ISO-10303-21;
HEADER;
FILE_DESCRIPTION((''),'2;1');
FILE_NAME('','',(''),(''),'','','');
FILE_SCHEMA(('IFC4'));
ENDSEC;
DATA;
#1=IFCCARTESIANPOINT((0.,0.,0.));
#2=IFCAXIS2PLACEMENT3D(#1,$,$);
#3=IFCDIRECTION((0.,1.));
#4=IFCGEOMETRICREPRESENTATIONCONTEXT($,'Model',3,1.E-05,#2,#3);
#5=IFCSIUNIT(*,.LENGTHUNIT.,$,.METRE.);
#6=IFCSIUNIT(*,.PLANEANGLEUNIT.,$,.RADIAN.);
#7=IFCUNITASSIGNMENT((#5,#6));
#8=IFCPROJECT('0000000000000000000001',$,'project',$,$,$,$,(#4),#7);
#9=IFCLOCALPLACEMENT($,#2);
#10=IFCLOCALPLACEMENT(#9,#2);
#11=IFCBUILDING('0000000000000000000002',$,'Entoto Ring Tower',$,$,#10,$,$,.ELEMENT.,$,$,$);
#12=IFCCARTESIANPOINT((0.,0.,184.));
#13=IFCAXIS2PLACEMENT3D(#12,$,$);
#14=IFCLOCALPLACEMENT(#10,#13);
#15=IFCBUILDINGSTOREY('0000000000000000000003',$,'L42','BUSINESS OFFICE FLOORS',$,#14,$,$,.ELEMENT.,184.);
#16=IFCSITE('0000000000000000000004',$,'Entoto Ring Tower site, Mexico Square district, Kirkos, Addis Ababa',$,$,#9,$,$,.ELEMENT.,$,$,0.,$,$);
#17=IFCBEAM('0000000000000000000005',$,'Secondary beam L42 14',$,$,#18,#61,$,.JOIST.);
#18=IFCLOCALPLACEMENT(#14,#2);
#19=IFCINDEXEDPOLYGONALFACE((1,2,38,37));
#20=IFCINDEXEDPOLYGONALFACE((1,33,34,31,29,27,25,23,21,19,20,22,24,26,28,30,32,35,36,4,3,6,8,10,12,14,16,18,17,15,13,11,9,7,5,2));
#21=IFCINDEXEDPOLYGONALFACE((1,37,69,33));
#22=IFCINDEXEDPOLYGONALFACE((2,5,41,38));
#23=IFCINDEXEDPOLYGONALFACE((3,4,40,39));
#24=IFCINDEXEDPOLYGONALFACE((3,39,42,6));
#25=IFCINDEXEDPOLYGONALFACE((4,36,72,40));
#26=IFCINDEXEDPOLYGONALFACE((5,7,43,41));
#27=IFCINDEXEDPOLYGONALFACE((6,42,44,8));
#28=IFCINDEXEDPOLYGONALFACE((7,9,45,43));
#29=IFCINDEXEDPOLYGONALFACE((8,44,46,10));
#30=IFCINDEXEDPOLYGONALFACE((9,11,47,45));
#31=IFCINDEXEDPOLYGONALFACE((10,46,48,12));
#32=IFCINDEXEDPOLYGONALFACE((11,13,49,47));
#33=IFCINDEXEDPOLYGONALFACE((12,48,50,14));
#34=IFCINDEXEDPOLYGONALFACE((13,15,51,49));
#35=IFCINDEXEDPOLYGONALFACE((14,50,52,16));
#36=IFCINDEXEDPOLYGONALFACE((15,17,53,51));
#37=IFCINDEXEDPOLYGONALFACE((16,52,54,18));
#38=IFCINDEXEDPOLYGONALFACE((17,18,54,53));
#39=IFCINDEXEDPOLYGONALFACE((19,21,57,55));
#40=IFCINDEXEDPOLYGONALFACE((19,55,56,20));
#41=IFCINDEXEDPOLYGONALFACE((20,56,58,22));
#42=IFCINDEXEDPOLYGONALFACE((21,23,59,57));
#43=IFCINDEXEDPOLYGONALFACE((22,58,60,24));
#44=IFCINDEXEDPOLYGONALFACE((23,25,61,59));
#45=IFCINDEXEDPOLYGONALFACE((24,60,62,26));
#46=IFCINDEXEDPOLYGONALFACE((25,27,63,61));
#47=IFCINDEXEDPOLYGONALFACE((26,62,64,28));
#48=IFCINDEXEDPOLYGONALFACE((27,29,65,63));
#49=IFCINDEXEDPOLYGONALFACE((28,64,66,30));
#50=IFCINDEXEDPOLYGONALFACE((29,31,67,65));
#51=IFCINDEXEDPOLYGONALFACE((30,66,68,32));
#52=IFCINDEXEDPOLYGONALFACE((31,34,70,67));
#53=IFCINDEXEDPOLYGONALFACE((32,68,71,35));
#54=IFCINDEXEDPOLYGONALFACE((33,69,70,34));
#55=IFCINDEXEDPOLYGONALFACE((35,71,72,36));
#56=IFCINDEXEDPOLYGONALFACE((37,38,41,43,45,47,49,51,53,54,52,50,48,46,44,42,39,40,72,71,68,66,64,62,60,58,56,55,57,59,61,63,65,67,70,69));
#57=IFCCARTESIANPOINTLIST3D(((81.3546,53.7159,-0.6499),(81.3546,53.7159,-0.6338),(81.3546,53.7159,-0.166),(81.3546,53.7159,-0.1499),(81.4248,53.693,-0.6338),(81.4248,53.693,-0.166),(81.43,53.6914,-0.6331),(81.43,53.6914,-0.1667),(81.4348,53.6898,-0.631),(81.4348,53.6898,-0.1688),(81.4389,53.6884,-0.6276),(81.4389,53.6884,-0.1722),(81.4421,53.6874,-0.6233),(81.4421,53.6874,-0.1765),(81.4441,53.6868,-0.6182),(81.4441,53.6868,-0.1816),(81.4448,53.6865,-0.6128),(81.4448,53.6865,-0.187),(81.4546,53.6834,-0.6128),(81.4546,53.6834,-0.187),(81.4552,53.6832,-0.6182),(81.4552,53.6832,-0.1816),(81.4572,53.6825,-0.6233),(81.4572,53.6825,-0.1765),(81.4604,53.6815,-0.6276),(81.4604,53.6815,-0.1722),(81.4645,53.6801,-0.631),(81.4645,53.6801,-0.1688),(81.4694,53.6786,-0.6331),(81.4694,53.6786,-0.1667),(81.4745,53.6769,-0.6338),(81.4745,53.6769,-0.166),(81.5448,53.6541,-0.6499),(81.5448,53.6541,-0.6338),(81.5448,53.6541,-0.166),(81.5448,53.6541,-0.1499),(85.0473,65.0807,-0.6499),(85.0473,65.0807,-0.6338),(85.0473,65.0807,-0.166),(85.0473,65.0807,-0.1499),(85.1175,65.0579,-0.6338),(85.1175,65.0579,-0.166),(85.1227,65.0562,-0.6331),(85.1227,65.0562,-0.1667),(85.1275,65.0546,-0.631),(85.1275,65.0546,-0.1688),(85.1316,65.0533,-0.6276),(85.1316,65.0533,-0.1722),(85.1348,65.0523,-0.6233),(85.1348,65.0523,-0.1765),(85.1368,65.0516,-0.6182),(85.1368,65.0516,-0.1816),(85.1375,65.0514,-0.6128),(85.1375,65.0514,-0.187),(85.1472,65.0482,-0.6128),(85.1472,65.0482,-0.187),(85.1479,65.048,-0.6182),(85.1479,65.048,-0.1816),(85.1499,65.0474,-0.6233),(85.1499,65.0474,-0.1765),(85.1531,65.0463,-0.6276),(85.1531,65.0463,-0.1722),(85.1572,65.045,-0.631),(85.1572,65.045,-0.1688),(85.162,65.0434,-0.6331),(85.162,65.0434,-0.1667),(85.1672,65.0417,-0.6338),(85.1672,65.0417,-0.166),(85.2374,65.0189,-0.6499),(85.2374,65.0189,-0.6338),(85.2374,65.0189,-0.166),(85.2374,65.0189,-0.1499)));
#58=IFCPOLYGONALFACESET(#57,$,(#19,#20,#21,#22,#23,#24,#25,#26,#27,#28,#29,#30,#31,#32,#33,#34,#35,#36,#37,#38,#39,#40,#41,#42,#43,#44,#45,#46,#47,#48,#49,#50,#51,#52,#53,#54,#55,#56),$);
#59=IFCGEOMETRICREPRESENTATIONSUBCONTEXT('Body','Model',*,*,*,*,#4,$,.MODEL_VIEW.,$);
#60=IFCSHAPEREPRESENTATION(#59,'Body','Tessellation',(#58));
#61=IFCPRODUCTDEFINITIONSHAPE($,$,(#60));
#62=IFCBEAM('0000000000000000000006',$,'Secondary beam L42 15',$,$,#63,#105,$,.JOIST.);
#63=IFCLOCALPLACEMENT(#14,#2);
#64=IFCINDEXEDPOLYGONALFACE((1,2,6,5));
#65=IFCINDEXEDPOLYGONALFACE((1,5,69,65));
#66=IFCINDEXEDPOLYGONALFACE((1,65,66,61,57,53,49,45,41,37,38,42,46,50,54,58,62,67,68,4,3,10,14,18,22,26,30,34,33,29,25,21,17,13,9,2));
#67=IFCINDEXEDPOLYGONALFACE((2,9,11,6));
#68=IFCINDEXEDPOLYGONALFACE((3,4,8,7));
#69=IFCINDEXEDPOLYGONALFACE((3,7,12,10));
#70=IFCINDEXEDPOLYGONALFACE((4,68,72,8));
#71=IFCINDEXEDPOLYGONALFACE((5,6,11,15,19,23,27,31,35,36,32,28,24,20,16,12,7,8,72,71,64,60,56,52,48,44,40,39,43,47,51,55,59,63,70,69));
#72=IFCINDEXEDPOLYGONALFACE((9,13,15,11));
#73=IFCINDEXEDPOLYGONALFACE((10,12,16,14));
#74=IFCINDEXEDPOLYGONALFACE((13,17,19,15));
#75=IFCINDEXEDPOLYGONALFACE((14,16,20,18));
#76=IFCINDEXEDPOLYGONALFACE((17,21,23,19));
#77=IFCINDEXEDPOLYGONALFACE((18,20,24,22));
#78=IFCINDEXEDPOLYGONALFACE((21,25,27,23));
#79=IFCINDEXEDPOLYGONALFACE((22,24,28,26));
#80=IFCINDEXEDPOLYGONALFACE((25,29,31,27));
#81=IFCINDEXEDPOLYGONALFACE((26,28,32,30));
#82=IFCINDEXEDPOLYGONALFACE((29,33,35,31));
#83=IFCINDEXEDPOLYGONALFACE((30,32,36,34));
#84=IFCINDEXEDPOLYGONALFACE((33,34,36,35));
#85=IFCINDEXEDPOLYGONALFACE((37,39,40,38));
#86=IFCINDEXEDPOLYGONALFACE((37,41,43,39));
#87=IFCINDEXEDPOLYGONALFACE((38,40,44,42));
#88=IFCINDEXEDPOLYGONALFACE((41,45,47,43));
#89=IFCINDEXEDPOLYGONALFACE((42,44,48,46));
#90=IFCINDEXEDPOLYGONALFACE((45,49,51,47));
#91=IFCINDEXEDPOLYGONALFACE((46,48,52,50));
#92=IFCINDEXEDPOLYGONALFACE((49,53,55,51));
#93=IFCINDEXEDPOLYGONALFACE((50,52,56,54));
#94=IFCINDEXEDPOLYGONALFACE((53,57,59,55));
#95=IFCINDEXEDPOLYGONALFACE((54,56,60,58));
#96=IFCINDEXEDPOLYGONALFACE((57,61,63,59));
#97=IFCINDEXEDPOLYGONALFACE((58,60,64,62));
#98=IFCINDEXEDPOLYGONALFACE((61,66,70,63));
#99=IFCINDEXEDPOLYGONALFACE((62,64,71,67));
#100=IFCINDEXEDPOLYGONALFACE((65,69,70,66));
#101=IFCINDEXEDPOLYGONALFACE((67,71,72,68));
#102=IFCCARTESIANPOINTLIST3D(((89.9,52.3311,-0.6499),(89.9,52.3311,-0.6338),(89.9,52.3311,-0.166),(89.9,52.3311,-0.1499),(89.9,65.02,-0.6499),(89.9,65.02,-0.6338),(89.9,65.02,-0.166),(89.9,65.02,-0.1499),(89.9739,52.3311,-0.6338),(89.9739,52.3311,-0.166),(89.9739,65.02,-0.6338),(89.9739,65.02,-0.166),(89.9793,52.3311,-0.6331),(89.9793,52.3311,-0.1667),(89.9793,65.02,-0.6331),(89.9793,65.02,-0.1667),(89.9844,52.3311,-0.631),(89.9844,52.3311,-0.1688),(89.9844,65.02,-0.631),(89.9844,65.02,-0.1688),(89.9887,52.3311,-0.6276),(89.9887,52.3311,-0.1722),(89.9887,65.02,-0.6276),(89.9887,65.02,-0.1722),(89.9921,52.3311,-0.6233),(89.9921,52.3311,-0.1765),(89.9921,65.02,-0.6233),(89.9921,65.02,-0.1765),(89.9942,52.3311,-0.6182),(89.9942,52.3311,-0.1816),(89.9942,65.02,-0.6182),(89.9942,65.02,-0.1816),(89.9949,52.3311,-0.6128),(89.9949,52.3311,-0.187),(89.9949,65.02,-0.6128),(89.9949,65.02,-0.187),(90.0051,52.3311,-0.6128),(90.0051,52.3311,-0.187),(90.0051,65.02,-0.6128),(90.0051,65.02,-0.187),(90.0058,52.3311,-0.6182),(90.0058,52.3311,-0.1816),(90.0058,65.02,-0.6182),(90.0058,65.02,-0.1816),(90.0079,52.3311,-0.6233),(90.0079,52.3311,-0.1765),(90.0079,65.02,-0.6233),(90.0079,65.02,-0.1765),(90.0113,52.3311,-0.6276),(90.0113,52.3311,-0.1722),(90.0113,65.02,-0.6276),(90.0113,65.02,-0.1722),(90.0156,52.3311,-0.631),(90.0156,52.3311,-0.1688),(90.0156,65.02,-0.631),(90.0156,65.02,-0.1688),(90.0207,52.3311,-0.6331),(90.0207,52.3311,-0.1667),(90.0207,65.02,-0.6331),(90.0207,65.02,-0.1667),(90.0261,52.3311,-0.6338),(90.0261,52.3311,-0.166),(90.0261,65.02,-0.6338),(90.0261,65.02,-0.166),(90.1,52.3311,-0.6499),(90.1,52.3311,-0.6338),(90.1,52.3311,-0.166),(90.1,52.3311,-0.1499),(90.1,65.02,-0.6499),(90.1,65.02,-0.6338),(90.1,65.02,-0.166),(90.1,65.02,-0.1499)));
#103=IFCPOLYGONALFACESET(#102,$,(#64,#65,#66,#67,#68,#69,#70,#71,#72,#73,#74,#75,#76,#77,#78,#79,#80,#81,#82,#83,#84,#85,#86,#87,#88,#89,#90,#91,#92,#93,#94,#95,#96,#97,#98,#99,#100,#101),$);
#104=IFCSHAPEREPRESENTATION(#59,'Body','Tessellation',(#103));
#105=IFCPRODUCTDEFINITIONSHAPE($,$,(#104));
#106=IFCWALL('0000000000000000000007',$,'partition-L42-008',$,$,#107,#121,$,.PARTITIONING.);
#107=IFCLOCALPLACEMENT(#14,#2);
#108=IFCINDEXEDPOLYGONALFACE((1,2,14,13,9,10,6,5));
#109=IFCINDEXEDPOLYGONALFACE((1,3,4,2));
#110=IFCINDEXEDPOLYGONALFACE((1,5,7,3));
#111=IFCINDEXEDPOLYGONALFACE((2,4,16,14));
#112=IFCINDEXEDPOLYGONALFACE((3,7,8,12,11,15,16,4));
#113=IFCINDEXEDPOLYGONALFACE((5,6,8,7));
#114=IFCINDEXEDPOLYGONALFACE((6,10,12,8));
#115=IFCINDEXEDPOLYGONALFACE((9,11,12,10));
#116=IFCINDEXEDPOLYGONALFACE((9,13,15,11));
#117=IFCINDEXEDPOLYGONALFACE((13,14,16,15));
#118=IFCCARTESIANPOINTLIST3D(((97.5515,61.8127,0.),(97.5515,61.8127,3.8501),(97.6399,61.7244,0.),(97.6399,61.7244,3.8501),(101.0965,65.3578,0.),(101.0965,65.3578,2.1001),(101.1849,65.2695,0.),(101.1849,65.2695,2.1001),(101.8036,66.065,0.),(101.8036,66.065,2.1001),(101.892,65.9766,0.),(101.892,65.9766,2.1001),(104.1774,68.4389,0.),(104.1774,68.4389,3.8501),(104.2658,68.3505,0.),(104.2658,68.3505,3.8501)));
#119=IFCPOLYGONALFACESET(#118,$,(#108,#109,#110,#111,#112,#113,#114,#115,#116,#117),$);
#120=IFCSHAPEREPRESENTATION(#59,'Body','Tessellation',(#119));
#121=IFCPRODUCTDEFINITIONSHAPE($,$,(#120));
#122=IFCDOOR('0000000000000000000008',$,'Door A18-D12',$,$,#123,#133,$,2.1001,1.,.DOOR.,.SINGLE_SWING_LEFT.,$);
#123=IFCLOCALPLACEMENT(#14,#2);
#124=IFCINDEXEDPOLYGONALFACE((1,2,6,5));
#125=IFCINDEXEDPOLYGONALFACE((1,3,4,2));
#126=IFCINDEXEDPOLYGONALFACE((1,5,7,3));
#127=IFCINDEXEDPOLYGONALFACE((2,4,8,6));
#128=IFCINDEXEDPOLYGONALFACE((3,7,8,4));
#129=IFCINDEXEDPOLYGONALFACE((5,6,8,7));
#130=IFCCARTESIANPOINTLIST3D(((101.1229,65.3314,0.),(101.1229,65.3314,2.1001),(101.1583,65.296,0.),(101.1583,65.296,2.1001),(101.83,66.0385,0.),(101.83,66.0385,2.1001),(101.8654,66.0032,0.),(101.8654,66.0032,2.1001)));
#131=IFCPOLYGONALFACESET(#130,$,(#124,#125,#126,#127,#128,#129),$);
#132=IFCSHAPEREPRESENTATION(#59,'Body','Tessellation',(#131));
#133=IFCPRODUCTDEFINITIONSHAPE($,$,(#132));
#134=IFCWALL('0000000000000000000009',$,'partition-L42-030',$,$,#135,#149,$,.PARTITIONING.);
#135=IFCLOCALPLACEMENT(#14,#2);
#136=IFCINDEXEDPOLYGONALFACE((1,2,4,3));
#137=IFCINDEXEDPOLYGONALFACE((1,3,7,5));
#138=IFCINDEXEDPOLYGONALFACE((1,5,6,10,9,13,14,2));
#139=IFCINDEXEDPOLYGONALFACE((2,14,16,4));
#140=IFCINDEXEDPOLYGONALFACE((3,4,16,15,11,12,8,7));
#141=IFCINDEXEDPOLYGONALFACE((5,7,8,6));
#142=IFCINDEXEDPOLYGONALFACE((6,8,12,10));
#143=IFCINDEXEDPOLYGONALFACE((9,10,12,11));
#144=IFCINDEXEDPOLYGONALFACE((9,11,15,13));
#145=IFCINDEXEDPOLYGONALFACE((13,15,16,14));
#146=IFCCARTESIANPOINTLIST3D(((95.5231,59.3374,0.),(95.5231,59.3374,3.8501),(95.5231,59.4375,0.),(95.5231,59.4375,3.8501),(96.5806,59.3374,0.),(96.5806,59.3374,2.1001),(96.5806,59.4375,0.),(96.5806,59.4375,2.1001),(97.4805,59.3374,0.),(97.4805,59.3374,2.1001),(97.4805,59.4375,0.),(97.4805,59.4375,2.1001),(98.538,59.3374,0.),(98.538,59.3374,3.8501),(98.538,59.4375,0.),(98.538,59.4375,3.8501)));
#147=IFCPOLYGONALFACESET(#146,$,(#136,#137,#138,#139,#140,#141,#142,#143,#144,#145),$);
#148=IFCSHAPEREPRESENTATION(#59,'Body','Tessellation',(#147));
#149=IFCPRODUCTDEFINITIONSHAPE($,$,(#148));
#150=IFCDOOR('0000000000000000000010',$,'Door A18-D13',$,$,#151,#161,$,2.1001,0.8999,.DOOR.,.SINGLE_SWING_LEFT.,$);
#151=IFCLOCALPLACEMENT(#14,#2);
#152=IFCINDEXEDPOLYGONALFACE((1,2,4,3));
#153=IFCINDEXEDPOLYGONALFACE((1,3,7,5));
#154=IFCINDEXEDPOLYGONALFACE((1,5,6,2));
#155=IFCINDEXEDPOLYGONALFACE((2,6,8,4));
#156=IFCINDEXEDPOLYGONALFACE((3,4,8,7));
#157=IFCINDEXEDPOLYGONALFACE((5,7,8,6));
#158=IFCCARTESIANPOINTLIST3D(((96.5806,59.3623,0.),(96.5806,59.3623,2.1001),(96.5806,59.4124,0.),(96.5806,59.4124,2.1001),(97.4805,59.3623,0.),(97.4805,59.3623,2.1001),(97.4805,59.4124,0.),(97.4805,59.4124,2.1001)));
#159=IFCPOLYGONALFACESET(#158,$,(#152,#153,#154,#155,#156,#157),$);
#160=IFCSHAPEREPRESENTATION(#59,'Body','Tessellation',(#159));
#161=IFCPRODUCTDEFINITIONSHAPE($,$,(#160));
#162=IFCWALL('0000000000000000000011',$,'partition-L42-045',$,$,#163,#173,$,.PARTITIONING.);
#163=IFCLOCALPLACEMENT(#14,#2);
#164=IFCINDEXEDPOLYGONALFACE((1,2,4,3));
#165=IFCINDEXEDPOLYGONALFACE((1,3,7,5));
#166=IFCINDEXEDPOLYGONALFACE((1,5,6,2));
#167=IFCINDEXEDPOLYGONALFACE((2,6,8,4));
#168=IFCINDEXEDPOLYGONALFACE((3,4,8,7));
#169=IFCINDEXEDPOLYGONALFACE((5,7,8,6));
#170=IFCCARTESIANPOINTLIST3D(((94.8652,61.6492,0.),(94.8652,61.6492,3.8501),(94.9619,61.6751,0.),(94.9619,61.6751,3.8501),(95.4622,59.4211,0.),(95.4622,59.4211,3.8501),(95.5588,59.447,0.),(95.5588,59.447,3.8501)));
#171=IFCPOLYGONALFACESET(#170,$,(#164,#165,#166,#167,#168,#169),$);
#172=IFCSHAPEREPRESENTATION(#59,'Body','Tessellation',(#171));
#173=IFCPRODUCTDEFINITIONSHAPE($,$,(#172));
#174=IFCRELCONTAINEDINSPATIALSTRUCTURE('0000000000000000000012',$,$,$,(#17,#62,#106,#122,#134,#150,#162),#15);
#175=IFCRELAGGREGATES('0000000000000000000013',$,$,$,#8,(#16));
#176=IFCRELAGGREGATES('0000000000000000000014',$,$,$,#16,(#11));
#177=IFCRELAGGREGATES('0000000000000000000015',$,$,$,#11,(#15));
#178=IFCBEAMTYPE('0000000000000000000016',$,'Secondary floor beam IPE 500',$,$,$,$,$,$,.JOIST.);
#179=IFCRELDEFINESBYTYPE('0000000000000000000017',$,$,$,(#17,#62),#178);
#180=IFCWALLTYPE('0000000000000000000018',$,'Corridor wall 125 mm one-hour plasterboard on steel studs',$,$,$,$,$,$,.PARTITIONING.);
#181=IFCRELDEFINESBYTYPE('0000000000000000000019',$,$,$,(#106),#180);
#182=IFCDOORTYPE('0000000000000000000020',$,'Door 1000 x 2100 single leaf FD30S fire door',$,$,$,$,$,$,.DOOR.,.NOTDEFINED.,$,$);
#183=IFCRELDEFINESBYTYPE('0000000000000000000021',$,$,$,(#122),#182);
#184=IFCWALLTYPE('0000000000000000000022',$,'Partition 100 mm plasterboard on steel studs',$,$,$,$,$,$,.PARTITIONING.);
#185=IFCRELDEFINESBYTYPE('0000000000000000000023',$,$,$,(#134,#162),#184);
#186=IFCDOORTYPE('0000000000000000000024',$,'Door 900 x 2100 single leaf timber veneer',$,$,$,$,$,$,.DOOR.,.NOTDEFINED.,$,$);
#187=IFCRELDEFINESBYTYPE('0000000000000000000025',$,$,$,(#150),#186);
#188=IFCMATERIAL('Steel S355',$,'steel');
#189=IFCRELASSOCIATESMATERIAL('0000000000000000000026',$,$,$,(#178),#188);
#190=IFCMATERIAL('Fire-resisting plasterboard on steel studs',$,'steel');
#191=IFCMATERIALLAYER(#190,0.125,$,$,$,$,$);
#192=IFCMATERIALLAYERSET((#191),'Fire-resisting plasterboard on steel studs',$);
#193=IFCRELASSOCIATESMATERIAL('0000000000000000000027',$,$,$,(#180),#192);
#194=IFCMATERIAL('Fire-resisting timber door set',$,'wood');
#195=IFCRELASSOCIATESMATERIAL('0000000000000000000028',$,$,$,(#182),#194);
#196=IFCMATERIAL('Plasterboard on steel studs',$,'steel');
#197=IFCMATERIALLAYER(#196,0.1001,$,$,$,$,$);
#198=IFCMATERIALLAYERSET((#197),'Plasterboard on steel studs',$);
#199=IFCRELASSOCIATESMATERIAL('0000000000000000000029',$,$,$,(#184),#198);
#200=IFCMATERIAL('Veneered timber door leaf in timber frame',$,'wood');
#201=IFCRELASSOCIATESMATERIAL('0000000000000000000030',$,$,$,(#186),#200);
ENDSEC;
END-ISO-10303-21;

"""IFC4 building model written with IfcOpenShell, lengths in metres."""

from ifc_helpers import new_model, si_unit, direction, frame, frame_2d, origin, origin_2d, place, context, subcontext, project, spatial, rectangle, i_section, extrude, material, layer, layer_set, material_profile, profile_set, type_object, element, fill, save


model = new_model("IFC4")

# Units and contexts
model_context = context("Model", 3, precision=1e-05, world=origin(), true_north=direction((0.0, 1.0)))
body_context = subcontext(model_context, "Body", "Model", "MODEL_VIEW")
ifc_project = project(units=[si_unit("LENGTHUNIT", "METRE"), si_unit("PLANEANGLEUNIT", "RADIAN")], contexts=[model_context])

# Site, building, storey
site_placement = place(None, origin())
site = spatial("IfcSite", under=ifc_project, at=site_placement, Name="Entoto Ring Tower site, Mexico Square district, Kirkos, Addis Ababa", CompositionType="ELEMENT", RefElevation=0.0)
building_placement = place(site_placement, origin())
building = spatial("IfcBuilding", under=site, at=building_placement, Name="Entoto Ring Tower", CompositionType="ELEMENT")
storey_placement = place(building_placement, frame((0.0, 0.0, 184.0)))
storey = spatial("IfcBuildingStorey", under=building, at=storey_placement, Name="L42", Description="BUSINESS OFFICE FLOORS", CompositionType="ELEMENT", Elevation=184.0)

# Beams
ifc_material_1 = material(Name="Steel S355", Category="steel")
ifc_material_profile_1 = material_profile(ifc_material_1, i_section(OverallWidth=0.2, OverallDepth=0.5, WebThickness=0.0103, FlangeThickness=0.0161, FilletRadius=0.021, at=origin_2d()), Name="IPE 500")
ifc_profile_set_1 = profile_set([ifc_material_profile_1], Name="Steel S355")
beam_type_1 = type_object("IfcBeamType", Name="Secondary floor beam IPE 500", PredefinedType="JOIST", material=ifc_profile_set_1)
beam_1_placement = place(storey_placement, frame((85.1423, 65.0498, -0.3999), z_axis=(-0.309017, -0.951057, 0.0), x_axis=(0.951057, -0.309017, 0.0)))
element("IfcBeam", 1, at=beam_1_placement, inside=storey, type_object=beam_type_1, Name="Secondary beam L42 14", PredefinedType="JOIST", context=body_context, shape_type="SweptSolid", body=[
    extrude(i_section(OverallWidth=0.2, OverallDepth=0.5, WebThickness=0.0103, FlangeThickness=0.0161, FilletRadius=0.021, at=origin_2d()), origin(), (0.0, 0.0, 1.0), 11.9497),
])
beam_2_placement = place(storey_placement, frame((90.0, 65.02, -0.3999), z_axis=(0.0, -1.0, 0.0), x_axis=(1.0, 0.0, 0.0)))
element("IfcBeam", 2, at=beam_2_placement, inside=storey, type_object=beam_type_1, Name="Secondary beam L42 15", PredefinedType="JOIST", context=body_context, shape_type="SweptSolid", body=[
    extrude(i_section(OverallWidth=0.2, OverallDepth=0.5, WebThickness=0.0103, FlangeThickness=0.0161, FilletRadius=0.021, at=origin_2d()), origin(), (0.0, 0.0, 1.0), 12.689),
])

# Walls, openings, doors
ifc_material_2 = material(Name="Fire-resisting plasterboard on steel studs", Category="steel")
ifc_layer_1 = layer(ifc_material_2, 0.125)
ifc_layer_set_1 = layer_set([ifc_layer_1], Name="Fire-resisting plasterboard on steel studs")
wall_type_1 = type_object("IfcWallType", Name="Corridor wall 125 mm one-hour plasterboard on steel studs", PredefinedType="PARTITIONING", material=ifc_layer_set_1)
wall_1_placement = place(storey_placement, frame((97.5957, 61.7686, 0.0), z_axis=(0.0, 0.0, 1.0), x_axis=(0.707094, 0.70712, 0.0)))
wall_1 = element("IfcWall", 3, at=wall_1_placement, inside=storey, type_object=wall_type_1, Name="partition-L42-008", PredefinedType="PARTITIONING", context=body_context, shape_type="SweptSolid", body=[
    extrude(rectangle(XDim=9.3706, YDim=0.125, at=frame_2d((4.6853, 0.0))), origin(), (0.0, 0.0, 1.0), 3.8501),
])
opening_1_placement = place(wall_1_placement, frame((5.0134, 0.0, 0.0)))
opening_1 = element("IfcOpeningElement", 4, at=opening_1_placement, cuts=wall_1, PredefinedType="OPENING", context=body_context, shape_type="SweptSolid", body=[
    extrude(rectangle(XDim=1.0, YDim=2.1001, at=frame_2d((0.5, 1.05))), frame((0.0, 0.0725, 0.0), z_axis=(0.0, -1.0, 0.0), x_axis=(1.0, 0.0, 0.0)), (0.0, 0.0, 1.0), 0.145),
])
ifc_material_3 = material(Name="Fire-resisting timber door set", Category="wood")
door_type_1 = type_object("IfcDoorType", Name="Door 1000 x 2100 single leaf FD30S fire door", OperationType="NOTDEFINED", PredefinedType="DOOR", material=ifc_material_3)
door_1_placement = place(opening_1_placement, frame((1.0, 0.0, 0.0), z_axis=(0.0, 0.0, 1.0), x_axis=(-1.0, 0.0, 0.0)))
door_1 = element("IfcDoor", 5, at=door_1_placement, inside=storey, type_object=door_type_1, Name="Door A18-D12", OperationType="SINGLE_SWING_LEFT", OverallHeight=2.1001, OverallWidth=1.0, PredefinedType="DOOR", context=body_context, shape_type="SweptSolid", body=[
    extrude(rectangle(XDim=1.0, YDim=2.1001, at=frame_2d((0.5, 1.05))), frame((0.0, 0.0249, 0.0), z_axis=(0.0, -1.0, 0.0), x_axis=(1.0, 0.0, 0.0)), (0.0, 0.0, 1.0), 0.05),
])
fill(opening_1, door_1)
ifc_material_4 = material(Name="Plasterboard on steel studs", Category="steel")
ifc_layer_2 = layer(ifc_material_4, 0.1001)
ifc_layer_set_2 = layer_set([ifc_layer_2], Name="Plasterboard on steel studs")
wall_type_2 = type_object("IfcWallType", Name="Partition 100 mm plasterboard on steel studs", PredefinedType="PARTITIONING", material=ifc_layer_set_2)
wall_2_placement = place(storey_placement, frame((95.5232, 59.3875, 0.0), z_axis=(0.0, 0.0, 1.0), x_axis=(1.0, 0.0, 0.0)))
wall_2 = element("IfcWall", 6, at=wall_2_placement, inside=storey, type_object=wall_type_2, Name="partition-L42-030", PredefinedType="PARTITIONING", context=body_context, shape_type="SweptSolid", body=[
    extrude(rectangle(XDim=3.0149, YDim=0.1001, at=frame_2d((1.5073, 0.0))), origin(), (0.0, 0.0, 1.0), 3.8501),
])
opening_2_placement = place(wall_2_placement, frame((1.0574, 0.0, 0.0)))
opening_2 = element("IfcOpeningElement", 7, at=opening_2_placement, cuts=wall_2, PredefinedType="OPENING", context=body_context, shape_type="SweptSolid", body=[
    extrude(rectangle(XDim=0.8999, YDim=2.1001, at=frame_2d((0.45, 1.05))), frame((0.0, 0.0601, 0.0), z_axis=(0.0, -1.0, 0.0), x_axis=(1.0, 0.0, 0.0)), (0.0, 0.0, 1.0), 0.1201),
])
ifc_material_5 = material(Name="Veneered timber door leaf in timber frame", Category="wood")
door_type_2 = type_object("IfcDoorType", Name="Door 900 x 2100 single leaf timber veneer", OperationType="NOTDEFINED", PredefinedType="DOOR", material=ifc_material_5)
door_2_placement = place(opening_2_placement, origin())
door_2 = element("IfcDoor", 8, at=door_2_placement, inside=storey, type_object=door_type_2, Name="Door A18-D13", OperationType="SINGLE_SWING_LEFT", OverallHeight=2.1001, OverallWidth=0.8999, PredefinedType="DOOR", context=body_context, shape_type="SweptSolid", body=[
    extrude(rectangle(XDim=0.8999, YDim=2.1001, at=frame_2d((0.45, 1.05))), frame((0.0, 0.0249, 0.0), z_axis=(0.0, -1.0, 0.0), x_axis=(1.0, 0.0, 0.0)), (0.0, 0.0, 1.0), 0.05),
])
fill(opening_2, door_2)

# Wall
wall_3_placement = place(storey_placement, frame((95.5105, 59.4341, 0.0), z_axis=(0.0, 0.0, 1.0), x_axis=(-0.258789, 0.965934, 0.0)))
element("IfcWall", 9, at=wall_3_placement, inside=storey, type_object=wall_type_2, Name="partition-L42-045", PredefinedType="PARTITIONING", context=body_context, shape_type="SweptSolid", body=[
    extrude(rectangle(XDim=2.3066, YDim=0.1001, at=frame_2d((1.1533, 0.0))), origin(), (0.0, 0.0, 1.0), 3.8501),
])

save(model, "model.ifc")
